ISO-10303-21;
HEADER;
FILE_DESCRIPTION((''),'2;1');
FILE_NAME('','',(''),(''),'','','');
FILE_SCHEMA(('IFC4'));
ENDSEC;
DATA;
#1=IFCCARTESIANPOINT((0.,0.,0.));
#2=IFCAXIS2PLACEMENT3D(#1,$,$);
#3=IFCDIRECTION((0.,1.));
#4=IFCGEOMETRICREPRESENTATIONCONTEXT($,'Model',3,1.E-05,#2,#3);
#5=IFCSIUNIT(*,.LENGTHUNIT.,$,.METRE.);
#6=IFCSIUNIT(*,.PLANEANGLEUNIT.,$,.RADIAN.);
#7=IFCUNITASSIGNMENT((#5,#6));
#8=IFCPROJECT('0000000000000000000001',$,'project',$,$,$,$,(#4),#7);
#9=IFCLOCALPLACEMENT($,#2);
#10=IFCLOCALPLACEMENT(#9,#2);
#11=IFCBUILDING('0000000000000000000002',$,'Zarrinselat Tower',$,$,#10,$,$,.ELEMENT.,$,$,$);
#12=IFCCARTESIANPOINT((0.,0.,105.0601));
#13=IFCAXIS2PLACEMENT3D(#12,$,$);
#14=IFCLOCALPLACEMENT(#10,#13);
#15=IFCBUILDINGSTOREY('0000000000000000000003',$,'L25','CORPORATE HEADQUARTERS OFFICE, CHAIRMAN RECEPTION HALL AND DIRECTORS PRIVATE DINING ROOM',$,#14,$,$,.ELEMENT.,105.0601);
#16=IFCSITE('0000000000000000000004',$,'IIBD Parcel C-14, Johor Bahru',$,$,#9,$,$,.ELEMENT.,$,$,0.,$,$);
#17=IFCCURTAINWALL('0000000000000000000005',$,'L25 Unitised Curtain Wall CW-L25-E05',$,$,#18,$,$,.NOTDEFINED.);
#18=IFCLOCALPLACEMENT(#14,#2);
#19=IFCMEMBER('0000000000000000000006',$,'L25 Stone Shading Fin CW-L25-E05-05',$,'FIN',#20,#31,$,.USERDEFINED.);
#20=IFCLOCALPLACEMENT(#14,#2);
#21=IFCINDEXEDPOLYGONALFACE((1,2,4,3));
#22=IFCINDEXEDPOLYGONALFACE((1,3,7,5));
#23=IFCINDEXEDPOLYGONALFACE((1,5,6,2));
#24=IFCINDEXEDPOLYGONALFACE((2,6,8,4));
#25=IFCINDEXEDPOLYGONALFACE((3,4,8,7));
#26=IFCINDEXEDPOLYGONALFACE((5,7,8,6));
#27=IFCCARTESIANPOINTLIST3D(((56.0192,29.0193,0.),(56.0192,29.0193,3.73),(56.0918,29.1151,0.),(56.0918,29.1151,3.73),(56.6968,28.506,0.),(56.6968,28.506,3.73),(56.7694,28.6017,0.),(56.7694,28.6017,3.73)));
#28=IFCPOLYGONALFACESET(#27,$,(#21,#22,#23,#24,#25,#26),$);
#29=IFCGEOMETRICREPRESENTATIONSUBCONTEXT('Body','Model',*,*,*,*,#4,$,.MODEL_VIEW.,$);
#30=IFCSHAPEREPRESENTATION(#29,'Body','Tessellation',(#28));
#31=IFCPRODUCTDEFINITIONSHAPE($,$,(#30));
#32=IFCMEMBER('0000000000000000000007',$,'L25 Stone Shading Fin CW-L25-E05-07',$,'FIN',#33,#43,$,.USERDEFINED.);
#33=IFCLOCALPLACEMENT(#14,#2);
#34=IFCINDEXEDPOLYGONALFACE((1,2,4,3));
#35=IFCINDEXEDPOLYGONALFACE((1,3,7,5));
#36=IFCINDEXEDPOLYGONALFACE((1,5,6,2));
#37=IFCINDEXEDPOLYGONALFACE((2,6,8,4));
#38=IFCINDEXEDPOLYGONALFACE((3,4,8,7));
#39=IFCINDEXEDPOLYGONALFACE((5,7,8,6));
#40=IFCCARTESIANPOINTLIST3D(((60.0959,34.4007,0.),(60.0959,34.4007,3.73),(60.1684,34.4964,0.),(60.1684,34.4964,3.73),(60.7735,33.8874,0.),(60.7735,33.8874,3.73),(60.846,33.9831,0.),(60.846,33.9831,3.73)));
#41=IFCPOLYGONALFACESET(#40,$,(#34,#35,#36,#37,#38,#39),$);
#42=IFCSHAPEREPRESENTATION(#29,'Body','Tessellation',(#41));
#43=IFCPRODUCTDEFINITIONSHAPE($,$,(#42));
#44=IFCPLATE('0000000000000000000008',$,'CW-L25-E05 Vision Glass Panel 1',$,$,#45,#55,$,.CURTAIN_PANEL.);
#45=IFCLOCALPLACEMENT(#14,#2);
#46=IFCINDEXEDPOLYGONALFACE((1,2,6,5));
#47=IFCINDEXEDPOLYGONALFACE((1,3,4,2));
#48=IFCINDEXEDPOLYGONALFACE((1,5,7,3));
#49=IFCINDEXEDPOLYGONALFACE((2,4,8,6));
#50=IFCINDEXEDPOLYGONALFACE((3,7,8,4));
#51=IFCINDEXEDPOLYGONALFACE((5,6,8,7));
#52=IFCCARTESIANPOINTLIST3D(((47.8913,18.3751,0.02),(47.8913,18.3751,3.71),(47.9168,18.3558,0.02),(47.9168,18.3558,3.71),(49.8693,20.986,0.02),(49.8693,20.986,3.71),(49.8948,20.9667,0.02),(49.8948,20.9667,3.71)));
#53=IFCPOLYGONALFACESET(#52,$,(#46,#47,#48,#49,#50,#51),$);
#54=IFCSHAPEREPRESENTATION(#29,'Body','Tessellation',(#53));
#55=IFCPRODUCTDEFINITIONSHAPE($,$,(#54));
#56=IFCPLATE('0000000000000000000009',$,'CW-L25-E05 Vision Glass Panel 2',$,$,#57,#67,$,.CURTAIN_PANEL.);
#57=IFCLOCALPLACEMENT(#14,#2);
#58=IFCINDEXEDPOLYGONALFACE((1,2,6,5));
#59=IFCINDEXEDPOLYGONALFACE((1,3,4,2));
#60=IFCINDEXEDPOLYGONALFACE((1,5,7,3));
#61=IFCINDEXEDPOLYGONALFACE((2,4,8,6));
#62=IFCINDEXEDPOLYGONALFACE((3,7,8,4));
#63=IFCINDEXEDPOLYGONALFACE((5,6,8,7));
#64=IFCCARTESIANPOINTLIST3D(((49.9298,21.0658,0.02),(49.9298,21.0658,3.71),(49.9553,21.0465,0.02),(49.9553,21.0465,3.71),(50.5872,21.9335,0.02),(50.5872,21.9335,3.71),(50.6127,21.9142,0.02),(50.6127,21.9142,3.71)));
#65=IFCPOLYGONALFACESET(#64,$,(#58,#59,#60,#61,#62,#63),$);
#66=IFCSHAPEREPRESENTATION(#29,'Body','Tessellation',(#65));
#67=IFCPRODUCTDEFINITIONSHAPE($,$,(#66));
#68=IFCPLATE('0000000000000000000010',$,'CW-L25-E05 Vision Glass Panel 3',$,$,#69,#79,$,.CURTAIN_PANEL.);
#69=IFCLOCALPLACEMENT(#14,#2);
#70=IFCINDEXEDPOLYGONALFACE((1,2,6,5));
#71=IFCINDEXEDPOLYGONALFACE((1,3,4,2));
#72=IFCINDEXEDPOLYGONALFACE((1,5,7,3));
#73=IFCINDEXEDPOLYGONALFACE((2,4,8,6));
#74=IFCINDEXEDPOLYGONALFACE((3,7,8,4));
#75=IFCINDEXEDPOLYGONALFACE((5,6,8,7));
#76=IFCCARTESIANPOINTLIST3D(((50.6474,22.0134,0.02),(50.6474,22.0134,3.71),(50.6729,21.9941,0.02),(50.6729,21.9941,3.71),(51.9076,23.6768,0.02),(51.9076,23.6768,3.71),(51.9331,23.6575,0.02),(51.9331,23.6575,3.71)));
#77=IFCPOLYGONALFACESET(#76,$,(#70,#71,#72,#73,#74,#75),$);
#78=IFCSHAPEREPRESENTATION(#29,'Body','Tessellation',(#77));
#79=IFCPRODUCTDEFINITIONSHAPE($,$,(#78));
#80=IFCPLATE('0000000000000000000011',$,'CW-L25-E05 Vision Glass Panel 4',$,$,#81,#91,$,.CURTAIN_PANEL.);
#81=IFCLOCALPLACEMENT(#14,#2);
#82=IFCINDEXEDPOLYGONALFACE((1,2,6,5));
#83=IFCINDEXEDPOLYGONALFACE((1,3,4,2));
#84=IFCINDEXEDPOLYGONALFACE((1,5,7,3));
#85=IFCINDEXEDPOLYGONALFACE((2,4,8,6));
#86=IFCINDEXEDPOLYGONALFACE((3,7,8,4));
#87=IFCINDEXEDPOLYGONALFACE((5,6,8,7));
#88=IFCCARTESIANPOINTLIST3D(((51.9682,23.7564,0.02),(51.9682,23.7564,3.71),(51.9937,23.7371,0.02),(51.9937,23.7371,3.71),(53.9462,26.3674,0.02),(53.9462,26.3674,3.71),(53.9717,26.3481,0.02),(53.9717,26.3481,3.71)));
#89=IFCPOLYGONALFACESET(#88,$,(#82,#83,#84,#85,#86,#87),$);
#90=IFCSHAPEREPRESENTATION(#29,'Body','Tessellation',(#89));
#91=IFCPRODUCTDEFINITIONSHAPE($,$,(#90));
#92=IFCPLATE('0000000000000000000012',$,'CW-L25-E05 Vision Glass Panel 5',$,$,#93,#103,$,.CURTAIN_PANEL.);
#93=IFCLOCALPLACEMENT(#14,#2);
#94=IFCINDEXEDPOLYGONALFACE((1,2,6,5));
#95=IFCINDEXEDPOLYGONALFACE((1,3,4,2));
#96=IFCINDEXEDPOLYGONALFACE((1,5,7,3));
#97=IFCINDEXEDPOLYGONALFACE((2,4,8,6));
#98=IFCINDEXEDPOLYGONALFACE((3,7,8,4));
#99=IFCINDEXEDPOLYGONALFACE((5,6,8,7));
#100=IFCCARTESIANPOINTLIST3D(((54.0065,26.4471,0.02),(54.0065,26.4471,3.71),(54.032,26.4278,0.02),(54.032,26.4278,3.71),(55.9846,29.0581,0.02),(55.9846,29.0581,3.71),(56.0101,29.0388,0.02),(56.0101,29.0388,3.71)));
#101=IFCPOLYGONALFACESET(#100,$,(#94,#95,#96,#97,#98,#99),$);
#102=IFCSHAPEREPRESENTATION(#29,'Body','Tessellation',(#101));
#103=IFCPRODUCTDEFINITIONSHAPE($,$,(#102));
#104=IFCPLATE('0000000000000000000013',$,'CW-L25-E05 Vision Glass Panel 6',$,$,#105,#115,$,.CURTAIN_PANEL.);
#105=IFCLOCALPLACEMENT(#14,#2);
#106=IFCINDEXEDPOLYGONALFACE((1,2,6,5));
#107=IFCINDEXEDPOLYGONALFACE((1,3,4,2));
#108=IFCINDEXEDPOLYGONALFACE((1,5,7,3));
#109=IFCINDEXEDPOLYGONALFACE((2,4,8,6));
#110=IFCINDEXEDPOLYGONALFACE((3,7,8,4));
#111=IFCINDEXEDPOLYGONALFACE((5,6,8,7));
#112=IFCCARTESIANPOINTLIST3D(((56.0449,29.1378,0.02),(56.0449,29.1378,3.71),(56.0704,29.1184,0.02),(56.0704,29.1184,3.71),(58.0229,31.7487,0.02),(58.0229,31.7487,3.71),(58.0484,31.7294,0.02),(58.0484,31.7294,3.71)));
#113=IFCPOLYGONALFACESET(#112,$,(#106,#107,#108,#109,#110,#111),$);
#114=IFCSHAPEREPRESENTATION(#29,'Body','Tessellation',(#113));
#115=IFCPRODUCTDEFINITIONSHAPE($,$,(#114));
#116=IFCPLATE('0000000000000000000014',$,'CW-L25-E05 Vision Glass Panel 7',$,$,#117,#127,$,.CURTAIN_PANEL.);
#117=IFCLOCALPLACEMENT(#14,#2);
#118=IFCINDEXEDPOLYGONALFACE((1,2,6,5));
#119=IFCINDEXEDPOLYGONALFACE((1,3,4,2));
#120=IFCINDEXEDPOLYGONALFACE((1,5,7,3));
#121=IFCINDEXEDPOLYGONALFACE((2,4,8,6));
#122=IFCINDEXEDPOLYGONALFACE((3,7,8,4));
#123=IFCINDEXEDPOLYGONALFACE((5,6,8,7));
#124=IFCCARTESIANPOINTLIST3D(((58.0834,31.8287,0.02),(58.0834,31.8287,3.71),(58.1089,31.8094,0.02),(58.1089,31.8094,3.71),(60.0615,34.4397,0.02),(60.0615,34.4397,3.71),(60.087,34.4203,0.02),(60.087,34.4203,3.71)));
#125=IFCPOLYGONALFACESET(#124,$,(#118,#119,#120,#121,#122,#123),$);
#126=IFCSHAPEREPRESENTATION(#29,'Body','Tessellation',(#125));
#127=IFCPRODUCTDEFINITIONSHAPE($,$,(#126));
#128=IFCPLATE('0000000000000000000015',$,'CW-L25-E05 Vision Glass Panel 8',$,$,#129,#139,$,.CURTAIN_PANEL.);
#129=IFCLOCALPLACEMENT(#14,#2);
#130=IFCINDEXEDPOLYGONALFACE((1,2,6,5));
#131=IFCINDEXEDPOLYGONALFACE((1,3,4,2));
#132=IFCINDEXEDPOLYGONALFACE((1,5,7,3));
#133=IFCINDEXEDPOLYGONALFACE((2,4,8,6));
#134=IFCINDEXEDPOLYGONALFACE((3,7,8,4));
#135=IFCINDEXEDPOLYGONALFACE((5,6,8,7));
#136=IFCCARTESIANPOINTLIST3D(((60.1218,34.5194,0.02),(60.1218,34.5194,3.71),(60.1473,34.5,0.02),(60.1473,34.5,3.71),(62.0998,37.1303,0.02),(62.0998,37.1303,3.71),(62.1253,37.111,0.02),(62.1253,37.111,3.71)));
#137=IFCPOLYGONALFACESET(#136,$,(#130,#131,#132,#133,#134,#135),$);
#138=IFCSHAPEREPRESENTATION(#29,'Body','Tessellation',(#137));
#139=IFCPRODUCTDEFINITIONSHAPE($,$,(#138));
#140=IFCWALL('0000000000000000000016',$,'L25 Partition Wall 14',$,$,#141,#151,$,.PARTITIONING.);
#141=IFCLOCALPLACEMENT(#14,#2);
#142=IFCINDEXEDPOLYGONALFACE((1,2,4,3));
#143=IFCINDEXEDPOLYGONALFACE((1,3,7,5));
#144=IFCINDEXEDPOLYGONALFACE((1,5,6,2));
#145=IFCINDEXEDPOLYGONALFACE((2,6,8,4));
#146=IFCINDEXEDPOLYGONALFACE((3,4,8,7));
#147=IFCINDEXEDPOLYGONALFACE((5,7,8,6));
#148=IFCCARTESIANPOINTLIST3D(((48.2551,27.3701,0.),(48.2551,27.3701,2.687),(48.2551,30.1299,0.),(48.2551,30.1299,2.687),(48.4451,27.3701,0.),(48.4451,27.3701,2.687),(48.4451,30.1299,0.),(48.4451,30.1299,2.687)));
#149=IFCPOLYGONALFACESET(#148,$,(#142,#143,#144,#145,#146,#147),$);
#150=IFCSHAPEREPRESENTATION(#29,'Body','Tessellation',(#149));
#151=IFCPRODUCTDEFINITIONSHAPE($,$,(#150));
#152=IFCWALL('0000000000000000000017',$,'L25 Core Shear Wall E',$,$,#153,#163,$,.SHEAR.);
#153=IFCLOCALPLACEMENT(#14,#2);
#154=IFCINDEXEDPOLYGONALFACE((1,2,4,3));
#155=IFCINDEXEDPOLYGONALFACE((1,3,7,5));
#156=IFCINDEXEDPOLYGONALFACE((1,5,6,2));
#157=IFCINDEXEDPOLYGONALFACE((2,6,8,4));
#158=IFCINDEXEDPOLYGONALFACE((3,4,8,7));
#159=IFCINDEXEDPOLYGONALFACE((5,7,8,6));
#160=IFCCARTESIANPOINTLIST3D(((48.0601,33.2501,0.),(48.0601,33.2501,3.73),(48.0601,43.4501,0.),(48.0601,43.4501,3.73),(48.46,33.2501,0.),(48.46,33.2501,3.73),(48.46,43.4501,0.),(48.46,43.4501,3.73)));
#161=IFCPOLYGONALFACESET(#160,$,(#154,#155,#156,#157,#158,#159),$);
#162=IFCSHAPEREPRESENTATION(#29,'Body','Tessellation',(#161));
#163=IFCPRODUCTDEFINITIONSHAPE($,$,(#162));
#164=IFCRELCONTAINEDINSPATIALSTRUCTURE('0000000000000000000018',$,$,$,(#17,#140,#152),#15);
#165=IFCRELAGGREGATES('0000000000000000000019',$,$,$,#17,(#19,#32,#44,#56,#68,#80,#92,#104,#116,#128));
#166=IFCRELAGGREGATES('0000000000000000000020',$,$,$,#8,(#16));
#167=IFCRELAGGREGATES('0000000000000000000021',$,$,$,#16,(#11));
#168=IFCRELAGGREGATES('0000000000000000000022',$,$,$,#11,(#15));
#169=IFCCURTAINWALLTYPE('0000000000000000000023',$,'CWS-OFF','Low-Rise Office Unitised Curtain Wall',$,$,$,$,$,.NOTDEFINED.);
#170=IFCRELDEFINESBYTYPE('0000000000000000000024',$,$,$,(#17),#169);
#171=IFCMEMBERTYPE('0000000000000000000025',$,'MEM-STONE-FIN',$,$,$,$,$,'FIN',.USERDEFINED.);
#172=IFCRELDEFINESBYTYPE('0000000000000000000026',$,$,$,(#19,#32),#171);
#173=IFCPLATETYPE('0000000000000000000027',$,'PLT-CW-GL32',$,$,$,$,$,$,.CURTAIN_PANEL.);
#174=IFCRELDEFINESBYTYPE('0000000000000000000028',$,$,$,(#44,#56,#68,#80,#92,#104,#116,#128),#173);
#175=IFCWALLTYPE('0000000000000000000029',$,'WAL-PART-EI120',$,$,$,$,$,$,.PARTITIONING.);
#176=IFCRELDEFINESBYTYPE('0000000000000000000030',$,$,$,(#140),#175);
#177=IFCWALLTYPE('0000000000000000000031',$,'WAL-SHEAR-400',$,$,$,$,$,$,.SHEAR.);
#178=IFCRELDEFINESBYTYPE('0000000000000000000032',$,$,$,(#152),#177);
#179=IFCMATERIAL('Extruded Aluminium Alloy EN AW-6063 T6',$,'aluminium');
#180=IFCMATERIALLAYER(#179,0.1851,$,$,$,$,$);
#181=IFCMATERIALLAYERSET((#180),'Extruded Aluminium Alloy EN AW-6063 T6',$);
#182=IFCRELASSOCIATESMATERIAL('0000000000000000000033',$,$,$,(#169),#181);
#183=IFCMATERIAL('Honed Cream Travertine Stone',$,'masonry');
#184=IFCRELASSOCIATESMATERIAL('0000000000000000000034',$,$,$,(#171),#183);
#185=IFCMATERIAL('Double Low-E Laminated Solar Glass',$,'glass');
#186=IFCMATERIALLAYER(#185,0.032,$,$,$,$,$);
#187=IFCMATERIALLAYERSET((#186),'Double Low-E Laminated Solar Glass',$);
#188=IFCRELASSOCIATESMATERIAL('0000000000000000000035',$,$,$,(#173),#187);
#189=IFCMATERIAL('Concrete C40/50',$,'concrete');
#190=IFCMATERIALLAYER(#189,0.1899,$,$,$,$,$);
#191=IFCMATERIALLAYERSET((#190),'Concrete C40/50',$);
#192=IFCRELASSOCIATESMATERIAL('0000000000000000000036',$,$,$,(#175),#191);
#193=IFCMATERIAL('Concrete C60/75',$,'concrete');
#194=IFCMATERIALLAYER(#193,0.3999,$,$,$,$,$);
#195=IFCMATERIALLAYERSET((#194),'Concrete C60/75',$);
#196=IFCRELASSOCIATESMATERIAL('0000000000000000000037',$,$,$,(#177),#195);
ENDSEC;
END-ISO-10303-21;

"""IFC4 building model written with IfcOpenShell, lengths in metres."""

from ifc_helpers import new_model, si_unit, direction, frame, frame_2d, origin, origin_2d, place, context, subcontext, project, spatial, rectangle, extrude, material, layer, layer_set, material_profile, profile_set, type_object, element, aggregate, save


model = new_model("IFC4")

# Units and contexts
model_context = context("Model", 3, precision=1e-05, world=origin(), true_north=direction((0.0, 1.0)))
body_context = subcontext(model_context, "Body", "Model", "MODEL_VIEW")
ifc_project = project(units=[si_unit("LENGTHUNIT", "METRE"), si_unit("PLANEANGLEUNIT", "RADIAN")], contexts=[model_context])

# Site, building, storey
site_placement = place(None, origin())
site = spatial("IfcSite", under=ifc_project, at=site_placement, Name="IIBD Parcel C-14, Johor Bahru", CompositionType="ELEMENT", RefElevation=0.0)
building_placement = place(site_placement, origin())
building = spatial("IfcBuilding", under=site, at=building_placement, Name="Zarrinselat Tower", CompositionType="ELEMENT")
storey_placement = place(building_placement, frame((0.0, 0.0, 105.0601)))
storey = spatial("IfcBuildingStorey", under=building, at=storey_placement, Name="L25", Description="CORPORATE HEADQUARTERS OFFICE, CHAIRMAN RECEPTION HALL AND DIRECTORS PRIVATE DINING ROOM", CompositionType="ELEMENT", Elevation=105.0601)

# Shared definitions
ifc_material_1 = material(Name="Extruded Aluminium Alloy EN AW-6063 T6", Category="aluminium")
ifc_layer_1 = layer(ifc_material_1, 0.1851)
ifc_layer_set_1 = layer_set([ifc_layer_1], Name="Extruded Aluminium Alloy EN AW-6063 T6")
curtain_wall_type = type_object("IfcCurtainWallType", Name="CWS-OFF", Description="Low-Rise Office Unitised Curtain Wall", PredefinedType="NOTDEFINED", material=ifc_layer_set_1)

# Curtain wall, members, plates
curtain_wall_1_placement = place(storey_placement, origin())
curtain_wall_1 = element("IfcCurtainWall", 1, at=curtain_wall_1_placement, inside=storey, type_object=curtain_wall_type, Name="L25 Unitised Curtain Wall CW-L25-E05", PredefinedType="NOTDEFINED")
ifc_material_2 = material(Name="Honed Cream Travertine Stone", Category="masonry")
ifc_material_profile_1 = material_profile(ifc_material_2, rectangle(XDim=0.1201, YDim=0.8501, at=origin_2d()), Name="FIN 850x120")
ifc_profile_set_1 = profile_set([ifc_material_profile_1], Name="Honed Cream Travertine Stone")
member_type_1 = type_object("IfcMemberType", Name="MEM-STONE-FIN", ElementType="FIN", PredefinedType="USERDEFINED", material=ifc_profile_set_1)
member_1_placement = place(storey_placement, frame((56.3943, 28.8105, 0.0), z_axis=(0.0, 0.0, 1.0), x_axis=(-0.603858, -0.797092, 0.0)))
member_1 = element("IfcMember", 2, at=member_1_placement, type_object=member_type_1, Name="L25 Stone Shading Fin CW-L25-E05-05", ObjectType="FIN", PredefinedType="USERDEFINED", context=body_context, shape_type="SweptSolid", body=[
    extrude(rectangle(XDim=0.1201, YDim=0.8501, at=origin_2d()), origin(), (0.0, 0.0, 1.0), 3.73),
])
member_2_placement = place(storey_placement, frame((60.4709, 34.1919, 0.0), z_axis=(0.0, 0.0, 1.0), x_axis=(-0.603858, -0.797092, 0.0)))
member_2 = element("IfcMember", 3, at=member_2_placement, type_object=member_type_1, Name="L25 Stone Shading Fin CW-L25-E05-07", ObjectType="FIN", PredefinedType="USERDEFINED", context=body_context, shape_type="SweptSolid", body=[
    extrude(rectangle(XDim=0.1201, YDim=0.8501, at=origin_2d()), origin(), (0.0, 0.0, 1.0), 3.73),
])
ifc_material_3 = material(Name="Double Low-E Laminated Solar Glass", Category="glass")
ifc_layer_2 = layer(ifc_material_3, 0.032)
ifc_layer_set_2 = layer_set([ifc_layer_2], Name="Double Low-E Laminated Solar Glass")
plate_type = type_object("IfcPlateType", Name="PLT-CW-GL32", PredefinedType="CURTAIN_PANEL", material=ifc_layer_set_2)
plate_1_placement = place(storey_placement, frame((48.8931, 19.6709, 0.02), z_axis=(0.0, 0.0, 1.0), x_axis=(0.603858, 0.797092, 0.0)))
plate_1 = element("IfcPlate", 4, at=plate_1_placement, type_object=plate_type, Name="CW-L25-E05 Vision Glass Panel 1", PredefinedType="CURTAIN_PANEL", context=body_context, shape_type="SweptSolid", body=[
    extrude(rectangle(XDim=3.2756, YDim=0.032, at=origin_2d()), origin(), (0.0, 0.0, 1.0), 3.6899),
])
plate_2_placement = place(storey_placement, frame((50.2712, 21.49, 0.02), z_axis=(0.0, 0.0, 1.0), x_axis=(0.603858, 0.797092, 0.0)))
plate_2 = element("IfcPlate", 5, at=plate_2_placement, type_object=plate_type, Name="CW-L25-E05 Vision Glass Panel 2", PredefinedType="CURTAIN_PANEL", context=body_context, shape_type="SweptSolid", body=[
    extrude(rectangle(XDim=1.0886, YDim=0.032, at=origin_2d()), origin(), (0.0, 0.0, 1.0), 3.6899),
])
plate_3_placement = place(storey_placement, frame((51.2903, 22.8354, 0.02), z_axis=(0.0, 0.0, 1.0), x_axis=(0.603858, 0.797092, 0.0)))
plate_3 = element("IfcPlate", 6, at=plate_3_placement, type_object=plate_type, Name="CW-L25-E05 Vision Glass Panel 3", PredefinedType="CURTAIN_PANEL", context=body_context, shape_type="SweptSolid", body=[
    extrude(rectangle(XDim=2.0869, YDim=0.032, at=origin_2d()), origin(), (0.0, 0.0, 1.0), 3.6899),
])
plate_4_placement = place(storey_placement, frame((52.97, 25.0522, 0.02), z_axis=(0.0, 0.0, 1.0), x_axis=(0.603858, 0.797092, 0.0)))
plate_4 = element("IfcPlate", 7, at=plate_4_placement, type_object=plate_type, Name="CW-L25-E05 Vision Glass Panel 4", PredefinedType="CURTAIN_PANEL", context=body_context, shape_type="SweptSolid", body=[
    extrude(rectangle(XDim=3.2756, YDim=0.032, at=origin_2d()), origin(), (0.0, 0.0, 1.0), 3.6899),
])
plate_5_placement = place(storey_placement, frame((55.0083, 27.7429, 0.02), z_axis=(0.0, 0.0, 1.0), x_axis=(0.603858, 0.797092, 0.0)))
plate_5 = element("IfcPlate", 8, at=plate_5_placement, type_object=plate_type, Name="CW-L25-E05 Vision Glass Panel 5", PredefinedType="CURTAIN_PANEL", context=body_context, shape_type="SweptSolid", body=[
    extrude(rectangle(XDim=3.2756, YDim=0.032, at=origin_2d()), origin(), (0.0, 0.0, 1.0), 3.6899),
])
plate_6_placement = place(storey_placement, frame((57.0466, 30.4336, 0.02), z_axis=(0.0, 0.0, 1.0), x_axis=(0.603858, 0.797092, 0.0)))
plate_6 = element("IfcPlate", 9, at=plate_6_placement, type_object=plate_type, Name="CW-L25-E05 Vision Glass Panel 6", PredefinedType="CURTAIN_PANEL", context=body_context, shape_type="SweptSolid", body=[
    extrude(rectangle(XDim=3.2756, YDim=0.032, at=origin_2d()), origin(), (0.0, 0.0, 1.0), 3.6899),
])
plate_7_placement = place(storey_placement, frame((59.0852, 33.1245, 0.02), z_axis=(0.0, 0.0, 1.0), x_axis=(0.603858, 0.797092, 0.0)))
plate_7 = element("IfcPlate", 10, at=plate_7_placement, type_object=plate_type, Name="CW-L25-E05 Vision Glass Panel 7", PredefinedType="CURTAIN_PANEL", context=body_context, shape_type="SweptSolid", body=[
    extrude(rectangle(XDim=3.2756, YDim=0.032, at=origin_2d()), origin(), (0.0, 0.0, 1.0), 3.6899),
])
plate_8_placement = place(storey_placement, frame((61.1235, 35.8152, 0.02), z_axis=(0.0, 0.0, 1.0), x_axis=(0.603858, 0.797092, 0.0)))
plate_8 = element("IfcPlate", 11, at=plate_8_placement, type_object=plate_type, Name="CW-L25-E05 Vision Glass Panel 8", PredefinedType="CURTAIN_PANEL", context=body_context, shape_type="SweptSolid", body=[
    extrude(rectangle(XDim=3.2756, YDim=0.032, at=origin_2d()), origin(), (0.0, 0.0, 1.0), 3.6899),
])
aggregate(curtain_wall_1, [member_1, member_2, plate_1, plate_2, plate_3, plate_4, plate_5, plate_6, plate_7, plate_8])

# Walls
ifc_material_4 = material(Name="Concrete C40/50", Category="concrete")
ifc_layer_3 = layer(ifc_material_4, 0.1899)
ifc_layer_set_3 = layer_set([ifc_layer_3], Name="Concrete C40/50")
wall_type_1 = type_object("IfcWallType", Name="WAL-PART-EI120", PredefinedType="PARTITIONING", material=ifc_layer_set_3)
wall_1_placement = place(storey_placement, frame((48.3501, 27.3701, 0.0), z_axis=(0.0, 0.0, 1.0), x_axis=(0.0, 1.0, 0.0)))
element("IfcWall", 12, at=wall_1_placement, inside=storey, type_object=wall_type_1, Name="L25 Partition Wall 14", PredefinedType="PARTITIONING", context=body_context, shape_type="SweptSolid", body=[
    extrude(rectangle(XDim=2.7598, YDim=0.1899, at=frame_2d((1.3799, 0.0))), origin(), (0.0, 0.0, 1.0), 2.687),
])
ifc_material_5 = material(Name="Concrete C60/75", Category="concrete")
ifc_layer_4 = layer(ifc_material_5, 0.3999)
ifc_layer_set_4 = layer_set([ifc_layer_4], Name="Concrete C60/75")
wall_type_2 = type_object("IfcWallType", Name="WAL-SHEAR-400", PredefinedType="SHEAR", material=ifc_layer_set_4)
wall_2_placement = place(storey_placement, frame((48.26, 33.25, 0.0), z_axis=(0.0, 0.0, 1.0), x_axis=(0.0, 1.0, 0.0)))
element("IfcWall", 13, at=wall_2_placement, inside=storey, type_object=wall_type_2, Name="L25 Core Shear Wall E", PredefinedType="SHEAR", context=body_context, shape_type="SweptSolid", body=[
    extrude(rectangle(XDim=10.2, YDim=0.3999, at=frame_2d((5.1001, 0.0))), origin(), (0.0, 0.0, 1.0), 3.73),
])

save(model, "model.ifc")
